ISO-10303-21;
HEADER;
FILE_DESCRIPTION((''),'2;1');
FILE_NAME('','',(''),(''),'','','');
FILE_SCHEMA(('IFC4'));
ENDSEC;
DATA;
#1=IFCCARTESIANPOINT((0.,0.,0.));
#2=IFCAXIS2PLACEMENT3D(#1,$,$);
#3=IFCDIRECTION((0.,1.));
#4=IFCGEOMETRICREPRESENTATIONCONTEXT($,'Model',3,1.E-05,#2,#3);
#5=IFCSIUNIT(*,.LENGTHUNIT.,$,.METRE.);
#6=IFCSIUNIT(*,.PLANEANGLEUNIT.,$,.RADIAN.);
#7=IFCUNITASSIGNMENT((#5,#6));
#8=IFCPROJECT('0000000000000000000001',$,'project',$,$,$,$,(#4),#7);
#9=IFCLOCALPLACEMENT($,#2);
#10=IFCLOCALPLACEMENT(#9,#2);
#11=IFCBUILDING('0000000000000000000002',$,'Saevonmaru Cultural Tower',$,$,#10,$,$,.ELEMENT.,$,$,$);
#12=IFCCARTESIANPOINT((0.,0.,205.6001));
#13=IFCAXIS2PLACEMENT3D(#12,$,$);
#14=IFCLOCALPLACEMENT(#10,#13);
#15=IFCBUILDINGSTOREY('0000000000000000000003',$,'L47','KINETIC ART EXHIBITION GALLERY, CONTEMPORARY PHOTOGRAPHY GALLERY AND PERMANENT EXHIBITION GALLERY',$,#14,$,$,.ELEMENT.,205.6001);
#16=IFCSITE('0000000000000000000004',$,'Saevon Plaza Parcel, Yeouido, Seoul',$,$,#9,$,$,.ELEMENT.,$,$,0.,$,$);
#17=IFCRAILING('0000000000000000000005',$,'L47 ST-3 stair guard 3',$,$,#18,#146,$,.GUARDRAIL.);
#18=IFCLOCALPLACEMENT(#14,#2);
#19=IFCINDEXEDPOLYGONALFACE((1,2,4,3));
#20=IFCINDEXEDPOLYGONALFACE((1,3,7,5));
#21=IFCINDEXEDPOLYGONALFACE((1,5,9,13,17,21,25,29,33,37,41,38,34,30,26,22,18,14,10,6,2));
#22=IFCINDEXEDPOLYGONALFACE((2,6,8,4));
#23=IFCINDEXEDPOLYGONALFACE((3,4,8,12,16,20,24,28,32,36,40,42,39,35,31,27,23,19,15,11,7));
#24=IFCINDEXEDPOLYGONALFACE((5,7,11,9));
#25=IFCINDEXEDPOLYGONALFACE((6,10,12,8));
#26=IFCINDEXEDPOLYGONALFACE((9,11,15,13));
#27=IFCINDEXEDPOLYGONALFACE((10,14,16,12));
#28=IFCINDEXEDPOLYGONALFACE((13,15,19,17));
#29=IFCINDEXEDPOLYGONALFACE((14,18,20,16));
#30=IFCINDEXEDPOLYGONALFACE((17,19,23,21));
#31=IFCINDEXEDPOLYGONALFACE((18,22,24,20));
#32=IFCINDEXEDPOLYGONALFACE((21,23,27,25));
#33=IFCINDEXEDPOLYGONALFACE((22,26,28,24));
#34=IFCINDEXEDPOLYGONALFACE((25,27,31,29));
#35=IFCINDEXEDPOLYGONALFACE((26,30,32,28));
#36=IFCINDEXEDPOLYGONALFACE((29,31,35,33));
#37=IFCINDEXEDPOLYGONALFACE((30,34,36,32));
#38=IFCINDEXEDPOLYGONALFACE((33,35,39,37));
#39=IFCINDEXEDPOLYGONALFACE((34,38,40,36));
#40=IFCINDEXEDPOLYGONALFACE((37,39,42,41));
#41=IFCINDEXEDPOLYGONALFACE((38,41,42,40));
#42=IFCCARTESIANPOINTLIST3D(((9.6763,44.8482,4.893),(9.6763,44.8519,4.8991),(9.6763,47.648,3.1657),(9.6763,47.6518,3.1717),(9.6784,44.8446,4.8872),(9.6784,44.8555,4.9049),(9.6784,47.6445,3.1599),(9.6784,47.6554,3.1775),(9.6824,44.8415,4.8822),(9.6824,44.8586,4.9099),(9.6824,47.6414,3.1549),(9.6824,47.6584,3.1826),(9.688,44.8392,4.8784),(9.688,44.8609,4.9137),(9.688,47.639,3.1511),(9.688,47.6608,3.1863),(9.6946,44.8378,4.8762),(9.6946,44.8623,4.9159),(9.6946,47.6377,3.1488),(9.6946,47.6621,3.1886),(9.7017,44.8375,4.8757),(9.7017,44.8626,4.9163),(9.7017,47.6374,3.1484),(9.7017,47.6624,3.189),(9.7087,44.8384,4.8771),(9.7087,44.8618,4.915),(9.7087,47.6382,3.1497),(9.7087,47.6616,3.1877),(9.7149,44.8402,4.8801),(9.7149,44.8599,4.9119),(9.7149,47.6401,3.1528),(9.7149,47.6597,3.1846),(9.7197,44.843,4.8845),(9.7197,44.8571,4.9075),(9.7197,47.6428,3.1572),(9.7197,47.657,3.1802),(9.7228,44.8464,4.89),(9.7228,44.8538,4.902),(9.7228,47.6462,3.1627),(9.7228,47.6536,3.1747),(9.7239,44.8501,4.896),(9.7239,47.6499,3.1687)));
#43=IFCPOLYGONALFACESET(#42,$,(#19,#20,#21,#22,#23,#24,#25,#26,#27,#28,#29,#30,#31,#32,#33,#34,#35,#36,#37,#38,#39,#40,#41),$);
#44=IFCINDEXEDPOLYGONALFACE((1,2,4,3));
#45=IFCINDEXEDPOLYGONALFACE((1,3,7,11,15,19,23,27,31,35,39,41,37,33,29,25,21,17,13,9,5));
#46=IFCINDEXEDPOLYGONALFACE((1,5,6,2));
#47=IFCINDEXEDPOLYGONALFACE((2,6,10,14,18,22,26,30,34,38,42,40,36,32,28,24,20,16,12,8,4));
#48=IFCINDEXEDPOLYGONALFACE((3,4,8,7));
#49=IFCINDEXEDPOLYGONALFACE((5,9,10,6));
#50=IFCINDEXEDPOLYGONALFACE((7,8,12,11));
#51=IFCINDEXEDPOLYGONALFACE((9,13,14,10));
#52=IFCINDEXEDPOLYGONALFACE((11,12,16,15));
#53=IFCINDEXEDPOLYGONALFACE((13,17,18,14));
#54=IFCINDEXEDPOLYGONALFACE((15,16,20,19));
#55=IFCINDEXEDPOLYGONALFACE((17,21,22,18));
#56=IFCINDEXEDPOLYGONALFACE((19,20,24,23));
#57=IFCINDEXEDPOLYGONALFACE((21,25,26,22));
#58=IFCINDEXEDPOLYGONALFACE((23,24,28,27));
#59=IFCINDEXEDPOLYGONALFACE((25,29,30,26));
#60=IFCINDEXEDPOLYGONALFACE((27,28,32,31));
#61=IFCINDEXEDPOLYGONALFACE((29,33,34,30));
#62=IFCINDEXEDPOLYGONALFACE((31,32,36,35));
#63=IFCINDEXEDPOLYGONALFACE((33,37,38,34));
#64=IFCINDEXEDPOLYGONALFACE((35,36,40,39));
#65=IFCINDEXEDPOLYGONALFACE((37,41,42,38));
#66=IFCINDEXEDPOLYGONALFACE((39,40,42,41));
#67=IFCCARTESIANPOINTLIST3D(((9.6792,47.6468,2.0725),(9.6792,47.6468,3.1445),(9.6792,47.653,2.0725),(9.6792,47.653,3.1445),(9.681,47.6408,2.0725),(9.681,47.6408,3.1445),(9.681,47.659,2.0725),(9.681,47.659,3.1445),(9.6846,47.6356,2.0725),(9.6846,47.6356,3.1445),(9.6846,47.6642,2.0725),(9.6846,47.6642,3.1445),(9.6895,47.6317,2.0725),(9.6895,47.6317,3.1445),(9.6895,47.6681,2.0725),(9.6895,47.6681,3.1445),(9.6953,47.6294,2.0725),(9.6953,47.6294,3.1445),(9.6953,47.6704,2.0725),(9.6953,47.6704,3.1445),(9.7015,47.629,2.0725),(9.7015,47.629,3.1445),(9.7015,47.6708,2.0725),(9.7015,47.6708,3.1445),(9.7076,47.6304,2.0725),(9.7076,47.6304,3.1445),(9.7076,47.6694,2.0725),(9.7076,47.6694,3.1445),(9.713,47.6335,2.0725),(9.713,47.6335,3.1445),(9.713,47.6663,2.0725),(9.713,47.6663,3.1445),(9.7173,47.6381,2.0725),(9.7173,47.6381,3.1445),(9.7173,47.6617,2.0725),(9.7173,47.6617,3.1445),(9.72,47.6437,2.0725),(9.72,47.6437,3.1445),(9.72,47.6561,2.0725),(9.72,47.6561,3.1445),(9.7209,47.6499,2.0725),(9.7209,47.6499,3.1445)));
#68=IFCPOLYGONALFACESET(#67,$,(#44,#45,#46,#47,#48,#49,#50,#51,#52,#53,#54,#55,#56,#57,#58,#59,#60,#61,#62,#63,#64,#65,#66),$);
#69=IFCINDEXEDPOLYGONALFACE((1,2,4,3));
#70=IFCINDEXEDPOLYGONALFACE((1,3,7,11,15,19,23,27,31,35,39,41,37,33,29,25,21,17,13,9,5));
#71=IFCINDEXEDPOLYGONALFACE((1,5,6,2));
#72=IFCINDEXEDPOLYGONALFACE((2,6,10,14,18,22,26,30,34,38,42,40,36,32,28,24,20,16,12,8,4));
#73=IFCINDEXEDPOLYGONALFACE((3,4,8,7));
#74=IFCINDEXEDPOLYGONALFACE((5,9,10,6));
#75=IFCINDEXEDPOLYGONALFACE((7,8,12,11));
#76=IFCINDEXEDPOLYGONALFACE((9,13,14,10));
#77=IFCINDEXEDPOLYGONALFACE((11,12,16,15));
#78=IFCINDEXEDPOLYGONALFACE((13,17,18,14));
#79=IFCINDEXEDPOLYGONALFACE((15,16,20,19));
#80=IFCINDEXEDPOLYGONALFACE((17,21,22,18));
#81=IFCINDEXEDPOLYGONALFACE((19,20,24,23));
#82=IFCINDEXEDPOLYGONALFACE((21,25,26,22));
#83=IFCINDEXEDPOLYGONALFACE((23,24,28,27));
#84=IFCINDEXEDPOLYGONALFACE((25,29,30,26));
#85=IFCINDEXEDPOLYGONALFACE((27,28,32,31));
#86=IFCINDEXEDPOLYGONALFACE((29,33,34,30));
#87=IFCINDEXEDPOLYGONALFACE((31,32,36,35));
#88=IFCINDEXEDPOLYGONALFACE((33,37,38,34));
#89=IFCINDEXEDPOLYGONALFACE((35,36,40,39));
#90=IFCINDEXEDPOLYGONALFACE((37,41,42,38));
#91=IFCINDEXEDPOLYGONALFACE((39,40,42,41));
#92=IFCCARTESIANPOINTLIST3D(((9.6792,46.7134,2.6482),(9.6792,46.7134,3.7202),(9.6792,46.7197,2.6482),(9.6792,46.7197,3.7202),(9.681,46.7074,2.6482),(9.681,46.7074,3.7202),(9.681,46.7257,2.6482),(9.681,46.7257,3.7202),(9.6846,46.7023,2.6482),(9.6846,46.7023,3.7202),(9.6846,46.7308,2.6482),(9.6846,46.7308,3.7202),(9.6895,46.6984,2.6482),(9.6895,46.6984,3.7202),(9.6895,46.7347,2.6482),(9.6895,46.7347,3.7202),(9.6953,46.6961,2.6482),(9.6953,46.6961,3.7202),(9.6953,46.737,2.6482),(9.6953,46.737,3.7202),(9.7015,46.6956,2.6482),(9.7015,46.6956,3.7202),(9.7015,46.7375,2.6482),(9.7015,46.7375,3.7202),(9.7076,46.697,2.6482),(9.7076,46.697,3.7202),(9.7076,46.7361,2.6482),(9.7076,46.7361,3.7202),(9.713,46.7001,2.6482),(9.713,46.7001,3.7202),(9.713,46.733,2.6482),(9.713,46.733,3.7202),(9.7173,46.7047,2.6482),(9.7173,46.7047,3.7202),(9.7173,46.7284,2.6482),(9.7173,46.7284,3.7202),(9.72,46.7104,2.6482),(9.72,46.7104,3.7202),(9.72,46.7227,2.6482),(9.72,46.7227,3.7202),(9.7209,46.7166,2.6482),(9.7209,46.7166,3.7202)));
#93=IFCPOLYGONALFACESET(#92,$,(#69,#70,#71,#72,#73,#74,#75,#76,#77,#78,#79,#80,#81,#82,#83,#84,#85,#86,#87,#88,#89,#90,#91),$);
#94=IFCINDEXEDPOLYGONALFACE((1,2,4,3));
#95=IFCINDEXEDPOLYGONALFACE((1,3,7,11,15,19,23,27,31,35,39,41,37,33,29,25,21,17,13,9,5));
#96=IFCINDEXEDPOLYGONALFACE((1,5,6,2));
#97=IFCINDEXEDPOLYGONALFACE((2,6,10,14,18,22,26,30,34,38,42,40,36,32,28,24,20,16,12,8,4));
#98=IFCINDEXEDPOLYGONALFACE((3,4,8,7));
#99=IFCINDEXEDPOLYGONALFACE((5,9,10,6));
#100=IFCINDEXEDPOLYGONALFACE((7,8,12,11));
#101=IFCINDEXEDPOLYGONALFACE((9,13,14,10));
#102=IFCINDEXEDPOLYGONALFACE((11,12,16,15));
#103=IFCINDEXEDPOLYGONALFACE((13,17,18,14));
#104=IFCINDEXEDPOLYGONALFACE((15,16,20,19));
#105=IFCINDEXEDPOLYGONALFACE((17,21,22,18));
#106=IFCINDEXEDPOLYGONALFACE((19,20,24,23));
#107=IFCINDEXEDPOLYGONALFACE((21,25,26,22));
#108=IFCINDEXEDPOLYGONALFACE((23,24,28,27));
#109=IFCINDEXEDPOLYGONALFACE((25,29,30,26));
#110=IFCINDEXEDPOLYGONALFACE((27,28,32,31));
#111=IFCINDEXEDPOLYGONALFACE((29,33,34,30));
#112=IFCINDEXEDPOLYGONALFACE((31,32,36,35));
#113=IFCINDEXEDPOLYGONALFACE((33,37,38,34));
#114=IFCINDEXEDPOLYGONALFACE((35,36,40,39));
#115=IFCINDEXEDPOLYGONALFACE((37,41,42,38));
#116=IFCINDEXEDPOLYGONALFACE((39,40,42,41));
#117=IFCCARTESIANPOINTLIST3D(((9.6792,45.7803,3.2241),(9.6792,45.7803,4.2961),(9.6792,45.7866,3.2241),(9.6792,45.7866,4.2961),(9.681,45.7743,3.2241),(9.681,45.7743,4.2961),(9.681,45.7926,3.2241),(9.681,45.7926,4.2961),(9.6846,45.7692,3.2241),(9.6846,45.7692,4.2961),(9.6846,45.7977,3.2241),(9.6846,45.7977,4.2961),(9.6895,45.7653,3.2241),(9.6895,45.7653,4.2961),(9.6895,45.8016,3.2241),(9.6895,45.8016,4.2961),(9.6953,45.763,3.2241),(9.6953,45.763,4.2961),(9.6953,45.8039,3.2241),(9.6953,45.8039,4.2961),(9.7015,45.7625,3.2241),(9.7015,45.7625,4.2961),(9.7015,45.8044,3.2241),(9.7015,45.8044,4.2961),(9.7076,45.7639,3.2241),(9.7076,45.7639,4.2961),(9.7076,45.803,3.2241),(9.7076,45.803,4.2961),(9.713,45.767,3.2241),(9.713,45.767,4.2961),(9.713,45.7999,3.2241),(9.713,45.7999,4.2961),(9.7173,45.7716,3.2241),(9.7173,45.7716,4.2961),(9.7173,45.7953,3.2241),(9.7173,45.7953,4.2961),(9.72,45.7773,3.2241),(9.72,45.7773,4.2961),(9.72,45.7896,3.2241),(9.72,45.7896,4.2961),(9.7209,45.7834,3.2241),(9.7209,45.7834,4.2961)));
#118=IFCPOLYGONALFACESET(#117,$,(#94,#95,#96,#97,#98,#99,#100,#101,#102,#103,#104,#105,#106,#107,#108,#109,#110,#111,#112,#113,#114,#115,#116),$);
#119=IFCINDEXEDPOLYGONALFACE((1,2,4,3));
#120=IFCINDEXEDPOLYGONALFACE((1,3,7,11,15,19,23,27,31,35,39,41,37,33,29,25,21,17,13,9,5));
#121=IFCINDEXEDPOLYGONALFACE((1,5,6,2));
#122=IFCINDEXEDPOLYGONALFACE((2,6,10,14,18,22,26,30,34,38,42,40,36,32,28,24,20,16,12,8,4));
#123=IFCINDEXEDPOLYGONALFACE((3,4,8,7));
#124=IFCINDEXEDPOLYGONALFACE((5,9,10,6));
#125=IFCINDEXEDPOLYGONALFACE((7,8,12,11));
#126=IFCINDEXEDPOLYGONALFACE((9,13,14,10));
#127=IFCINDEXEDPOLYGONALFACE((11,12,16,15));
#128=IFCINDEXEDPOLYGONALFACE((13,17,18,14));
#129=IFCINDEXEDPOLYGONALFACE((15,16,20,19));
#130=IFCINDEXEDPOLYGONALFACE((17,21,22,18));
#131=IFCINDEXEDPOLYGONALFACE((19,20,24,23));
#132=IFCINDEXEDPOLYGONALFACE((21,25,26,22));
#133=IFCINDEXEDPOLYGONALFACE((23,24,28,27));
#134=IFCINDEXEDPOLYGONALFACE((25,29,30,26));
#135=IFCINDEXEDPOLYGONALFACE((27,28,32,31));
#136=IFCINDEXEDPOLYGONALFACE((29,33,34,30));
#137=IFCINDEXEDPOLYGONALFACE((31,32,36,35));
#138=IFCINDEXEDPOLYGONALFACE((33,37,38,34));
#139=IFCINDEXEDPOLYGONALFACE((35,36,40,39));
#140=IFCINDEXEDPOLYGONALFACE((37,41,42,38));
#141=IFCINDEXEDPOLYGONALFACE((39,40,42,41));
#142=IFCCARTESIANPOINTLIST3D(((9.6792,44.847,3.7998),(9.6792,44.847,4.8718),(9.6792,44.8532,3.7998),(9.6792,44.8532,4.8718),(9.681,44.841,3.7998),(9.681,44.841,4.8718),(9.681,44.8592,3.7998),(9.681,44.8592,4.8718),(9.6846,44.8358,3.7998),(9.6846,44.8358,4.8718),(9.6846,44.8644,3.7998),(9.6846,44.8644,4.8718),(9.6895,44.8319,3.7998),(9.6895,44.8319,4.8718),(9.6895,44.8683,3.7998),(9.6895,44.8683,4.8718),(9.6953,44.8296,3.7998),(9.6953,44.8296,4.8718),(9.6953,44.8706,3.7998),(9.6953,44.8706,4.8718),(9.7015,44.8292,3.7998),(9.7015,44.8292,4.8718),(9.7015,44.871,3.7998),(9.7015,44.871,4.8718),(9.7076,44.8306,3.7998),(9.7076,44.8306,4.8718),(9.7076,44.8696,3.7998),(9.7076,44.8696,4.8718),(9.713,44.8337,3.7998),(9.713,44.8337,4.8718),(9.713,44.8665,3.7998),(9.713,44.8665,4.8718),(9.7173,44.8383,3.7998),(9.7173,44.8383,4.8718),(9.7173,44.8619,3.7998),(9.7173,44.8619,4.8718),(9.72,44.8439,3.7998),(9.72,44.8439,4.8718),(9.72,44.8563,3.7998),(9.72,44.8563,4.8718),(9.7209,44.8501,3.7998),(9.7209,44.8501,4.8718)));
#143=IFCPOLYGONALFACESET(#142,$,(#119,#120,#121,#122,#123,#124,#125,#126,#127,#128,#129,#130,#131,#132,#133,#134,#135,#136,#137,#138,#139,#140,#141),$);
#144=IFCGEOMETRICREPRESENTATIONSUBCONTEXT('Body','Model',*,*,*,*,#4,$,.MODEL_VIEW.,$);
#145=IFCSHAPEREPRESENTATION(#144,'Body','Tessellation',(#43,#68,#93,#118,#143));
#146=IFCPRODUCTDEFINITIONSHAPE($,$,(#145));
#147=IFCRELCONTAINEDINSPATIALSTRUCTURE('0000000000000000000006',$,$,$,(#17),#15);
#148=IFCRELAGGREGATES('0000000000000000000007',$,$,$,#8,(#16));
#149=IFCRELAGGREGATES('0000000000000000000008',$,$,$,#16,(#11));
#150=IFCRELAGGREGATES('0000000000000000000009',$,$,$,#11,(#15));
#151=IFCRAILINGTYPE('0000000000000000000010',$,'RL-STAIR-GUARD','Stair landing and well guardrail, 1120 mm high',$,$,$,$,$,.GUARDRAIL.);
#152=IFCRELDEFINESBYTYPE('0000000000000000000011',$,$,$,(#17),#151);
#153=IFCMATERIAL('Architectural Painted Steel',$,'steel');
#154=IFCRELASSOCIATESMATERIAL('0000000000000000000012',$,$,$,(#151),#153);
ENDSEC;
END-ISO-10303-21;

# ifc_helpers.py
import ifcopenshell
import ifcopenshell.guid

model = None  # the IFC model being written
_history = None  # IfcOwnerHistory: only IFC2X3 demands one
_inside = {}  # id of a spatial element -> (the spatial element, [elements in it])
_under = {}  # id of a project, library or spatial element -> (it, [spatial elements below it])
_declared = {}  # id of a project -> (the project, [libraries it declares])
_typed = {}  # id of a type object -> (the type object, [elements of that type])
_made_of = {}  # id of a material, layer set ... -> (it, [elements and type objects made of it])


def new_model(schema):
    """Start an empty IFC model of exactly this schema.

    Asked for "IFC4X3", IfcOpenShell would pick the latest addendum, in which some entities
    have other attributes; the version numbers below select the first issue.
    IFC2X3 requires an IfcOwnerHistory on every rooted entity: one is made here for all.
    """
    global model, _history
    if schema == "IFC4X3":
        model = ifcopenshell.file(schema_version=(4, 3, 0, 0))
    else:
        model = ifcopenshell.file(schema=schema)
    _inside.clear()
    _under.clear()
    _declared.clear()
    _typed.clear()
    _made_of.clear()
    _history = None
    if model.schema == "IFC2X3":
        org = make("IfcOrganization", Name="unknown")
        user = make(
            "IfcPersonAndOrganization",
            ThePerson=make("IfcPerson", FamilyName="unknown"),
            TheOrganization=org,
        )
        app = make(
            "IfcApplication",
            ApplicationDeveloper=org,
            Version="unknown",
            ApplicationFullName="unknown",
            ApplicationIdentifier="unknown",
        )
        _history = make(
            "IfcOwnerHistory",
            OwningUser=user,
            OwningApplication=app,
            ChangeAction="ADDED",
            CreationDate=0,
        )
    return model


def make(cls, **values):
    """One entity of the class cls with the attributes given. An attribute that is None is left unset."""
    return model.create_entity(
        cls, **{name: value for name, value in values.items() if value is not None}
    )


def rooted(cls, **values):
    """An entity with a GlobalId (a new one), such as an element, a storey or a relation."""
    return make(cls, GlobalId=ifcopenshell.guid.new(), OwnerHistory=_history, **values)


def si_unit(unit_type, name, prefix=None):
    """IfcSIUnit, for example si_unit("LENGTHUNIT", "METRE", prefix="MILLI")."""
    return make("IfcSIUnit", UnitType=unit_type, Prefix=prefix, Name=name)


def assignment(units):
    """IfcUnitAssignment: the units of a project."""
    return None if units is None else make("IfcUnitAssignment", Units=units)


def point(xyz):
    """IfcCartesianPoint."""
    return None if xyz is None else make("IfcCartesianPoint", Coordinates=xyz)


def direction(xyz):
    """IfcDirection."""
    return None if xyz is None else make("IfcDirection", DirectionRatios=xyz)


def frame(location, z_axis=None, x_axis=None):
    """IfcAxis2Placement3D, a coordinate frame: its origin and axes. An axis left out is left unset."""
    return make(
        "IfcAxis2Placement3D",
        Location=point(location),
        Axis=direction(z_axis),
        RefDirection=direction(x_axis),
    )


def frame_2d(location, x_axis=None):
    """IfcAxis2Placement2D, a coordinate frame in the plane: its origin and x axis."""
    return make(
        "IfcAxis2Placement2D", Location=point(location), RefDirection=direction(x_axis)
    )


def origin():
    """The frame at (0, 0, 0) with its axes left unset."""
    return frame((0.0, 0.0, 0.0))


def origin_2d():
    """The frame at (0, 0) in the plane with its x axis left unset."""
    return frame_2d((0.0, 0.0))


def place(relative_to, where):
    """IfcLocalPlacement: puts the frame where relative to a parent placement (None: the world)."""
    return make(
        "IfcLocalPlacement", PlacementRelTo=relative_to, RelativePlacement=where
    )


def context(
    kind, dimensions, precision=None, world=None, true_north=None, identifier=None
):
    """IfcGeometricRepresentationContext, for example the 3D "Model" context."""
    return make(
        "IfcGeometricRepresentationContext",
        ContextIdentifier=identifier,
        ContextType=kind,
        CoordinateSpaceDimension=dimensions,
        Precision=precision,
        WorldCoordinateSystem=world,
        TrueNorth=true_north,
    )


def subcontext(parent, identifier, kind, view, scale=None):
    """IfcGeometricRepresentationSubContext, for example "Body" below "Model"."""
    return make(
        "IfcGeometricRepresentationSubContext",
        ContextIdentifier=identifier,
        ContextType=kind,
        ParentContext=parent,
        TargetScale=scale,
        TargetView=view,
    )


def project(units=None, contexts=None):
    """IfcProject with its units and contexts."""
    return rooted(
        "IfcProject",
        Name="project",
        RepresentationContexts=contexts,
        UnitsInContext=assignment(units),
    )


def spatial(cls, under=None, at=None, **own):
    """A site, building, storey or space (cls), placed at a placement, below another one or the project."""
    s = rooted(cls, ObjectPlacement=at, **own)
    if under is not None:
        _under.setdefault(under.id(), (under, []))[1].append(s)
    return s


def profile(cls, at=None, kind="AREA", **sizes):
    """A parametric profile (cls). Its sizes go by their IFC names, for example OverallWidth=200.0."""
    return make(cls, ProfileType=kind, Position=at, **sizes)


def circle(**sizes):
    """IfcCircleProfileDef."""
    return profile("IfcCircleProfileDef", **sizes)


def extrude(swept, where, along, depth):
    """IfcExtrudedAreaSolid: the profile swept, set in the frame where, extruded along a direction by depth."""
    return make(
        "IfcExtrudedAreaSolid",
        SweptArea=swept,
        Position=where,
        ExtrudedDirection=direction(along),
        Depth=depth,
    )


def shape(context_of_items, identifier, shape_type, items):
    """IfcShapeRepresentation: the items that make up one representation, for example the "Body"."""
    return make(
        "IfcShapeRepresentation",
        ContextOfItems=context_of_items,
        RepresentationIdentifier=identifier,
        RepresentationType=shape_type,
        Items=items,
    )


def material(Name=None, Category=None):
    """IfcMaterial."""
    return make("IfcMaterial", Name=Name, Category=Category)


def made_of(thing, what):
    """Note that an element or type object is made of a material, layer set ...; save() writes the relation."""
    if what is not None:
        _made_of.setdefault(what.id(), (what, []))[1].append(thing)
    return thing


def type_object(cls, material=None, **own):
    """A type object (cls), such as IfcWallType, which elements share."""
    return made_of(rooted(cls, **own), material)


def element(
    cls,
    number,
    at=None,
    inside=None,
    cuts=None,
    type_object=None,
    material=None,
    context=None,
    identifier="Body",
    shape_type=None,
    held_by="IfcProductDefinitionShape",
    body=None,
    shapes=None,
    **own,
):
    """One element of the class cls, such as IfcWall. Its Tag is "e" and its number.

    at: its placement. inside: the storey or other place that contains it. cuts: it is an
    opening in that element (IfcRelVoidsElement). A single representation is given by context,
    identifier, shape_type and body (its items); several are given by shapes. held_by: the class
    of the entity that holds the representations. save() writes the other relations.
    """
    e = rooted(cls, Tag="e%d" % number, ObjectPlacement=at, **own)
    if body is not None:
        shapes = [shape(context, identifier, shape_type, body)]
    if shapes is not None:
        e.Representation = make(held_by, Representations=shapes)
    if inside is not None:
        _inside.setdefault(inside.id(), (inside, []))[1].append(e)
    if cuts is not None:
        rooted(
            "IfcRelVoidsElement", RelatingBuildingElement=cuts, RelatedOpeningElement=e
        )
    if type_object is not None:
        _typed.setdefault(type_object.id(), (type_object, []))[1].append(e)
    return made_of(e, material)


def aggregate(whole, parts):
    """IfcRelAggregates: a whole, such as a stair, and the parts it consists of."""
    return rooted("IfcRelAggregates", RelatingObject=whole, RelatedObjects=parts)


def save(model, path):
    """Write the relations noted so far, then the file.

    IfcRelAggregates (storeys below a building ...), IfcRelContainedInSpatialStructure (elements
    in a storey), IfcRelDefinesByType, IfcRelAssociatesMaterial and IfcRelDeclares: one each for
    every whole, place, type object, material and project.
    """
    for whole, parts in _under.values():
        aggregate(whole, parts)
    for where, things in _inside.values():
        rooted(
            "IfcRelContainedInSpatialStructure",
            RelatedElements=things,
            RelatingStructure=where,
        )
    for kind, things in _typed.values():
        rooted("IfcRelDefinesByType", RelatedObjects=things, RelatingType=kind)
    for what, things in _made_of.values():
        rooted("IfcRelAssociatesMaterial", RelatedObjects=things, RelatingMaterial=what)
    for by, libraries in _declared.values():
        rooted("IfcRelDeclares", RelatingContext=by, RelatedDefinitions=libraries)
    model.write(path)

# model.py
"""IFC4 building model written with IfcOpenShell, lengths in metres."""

from ifc_helpers import new_model, si_unit, direction, frame, origin, origin_2d, place, context, subcontext, project, spatial, circle, extrude, material, type_object, element, save


model = new_model("IFC4")

# Units and contexts
model_context = context("Model", 3, precision=1e-05, world=origin(), true_north=direction((0.0, 1.0)))
body_context = subcontext(model_context, "Body", "Model", "MODEL_VIEW")
ifc_project = project(units=[si_unit("LENGTHUNIT", "METRE"), si_unit("PLANEANGLEUNIT", "RADIAN")], contexts=[model_context])

# Site, building, storey
site_placement = place(None, origin())
site = spatial("IfcSite", under=ifc_project, at=site_placement, Name="Saevon Plaza Parcel, Yeouido, Seoul", CompositionType="ELEMENT", RefElevation=0.0)
building_placement = place(site_placement, origin())
building = spatial("IfcBuilding", under=site, at=building_placement, Name="Saevonmaru Cultural Tower", CompositionType="ELEMENT")
storey_placement = place(building_placement, frame((0.0, 0.0, 205.6001)))
storey = spatial("IfcBuildingStorey", under=building, at=storey_placement, Name="L47", Description="KINETIC ART EXHIBITION GALLERY, CONTEMPORARY PHOTOGRAPHY GALLERY AND PERMANENT EXHIBITION GALLERY", CompositionType="ELEMENT", Elevation=205.6001)

# Railing
ifc_material_1 = material(Name="Architectural Painted Steel", Category="steel")
railing_type_1 = type_object("IfcRailingType", Name="RL-STAIR-GUARD", Description="Stair landing and well guardrail, 1120 mm high", PredefinedType="GUARDRAIL", material=ifc_material_1)
railing_1_placement = place(storey_placement, frame((9.7, 47.6499, 2.0725)))
element("IfcRailing", 1, at=railing_1_placement, inside=storey, type_object=railing_type_1, Name="L47 ST-3 stair guard 3", PredefinedType="GUARDRAIL", context=body_context, shape_type="SweptSolid", body=[
    extrude(circle(Radius=0.0239, at=origin_2d()), frame((0.0, 0.0, 1.0962), z_axis=(0.0, -0.851069, 0.525054), x_axis=(1.0, 0.0, 0.0)), (0.0, 0.0, 1.0), 3.2898),
    extrude(circle(Radius=0.021, at=origin_2d()), origin(), (0.0, 0.0, 1.0), 1.072),
    extrude(circle(Radius=0.021, at=origin_2d()), frame((0.0, -0.9333, 0.5757)), (0.0, 0.0, 1.0), 1.072),
    extrude(circle(Radius=0.021, at=origin_2d()), frame((0.0, -1.8665, 1.1516)), (0.0, 0.0, 1.0), 1.072),
    extrude(circle(Radius=0.021, at=origin_2d()), frame((0.0, -2.7998, 1.7273)), (0.0, 0.0, 1.0), 1.072),
])

save(model, "model.ifc")
